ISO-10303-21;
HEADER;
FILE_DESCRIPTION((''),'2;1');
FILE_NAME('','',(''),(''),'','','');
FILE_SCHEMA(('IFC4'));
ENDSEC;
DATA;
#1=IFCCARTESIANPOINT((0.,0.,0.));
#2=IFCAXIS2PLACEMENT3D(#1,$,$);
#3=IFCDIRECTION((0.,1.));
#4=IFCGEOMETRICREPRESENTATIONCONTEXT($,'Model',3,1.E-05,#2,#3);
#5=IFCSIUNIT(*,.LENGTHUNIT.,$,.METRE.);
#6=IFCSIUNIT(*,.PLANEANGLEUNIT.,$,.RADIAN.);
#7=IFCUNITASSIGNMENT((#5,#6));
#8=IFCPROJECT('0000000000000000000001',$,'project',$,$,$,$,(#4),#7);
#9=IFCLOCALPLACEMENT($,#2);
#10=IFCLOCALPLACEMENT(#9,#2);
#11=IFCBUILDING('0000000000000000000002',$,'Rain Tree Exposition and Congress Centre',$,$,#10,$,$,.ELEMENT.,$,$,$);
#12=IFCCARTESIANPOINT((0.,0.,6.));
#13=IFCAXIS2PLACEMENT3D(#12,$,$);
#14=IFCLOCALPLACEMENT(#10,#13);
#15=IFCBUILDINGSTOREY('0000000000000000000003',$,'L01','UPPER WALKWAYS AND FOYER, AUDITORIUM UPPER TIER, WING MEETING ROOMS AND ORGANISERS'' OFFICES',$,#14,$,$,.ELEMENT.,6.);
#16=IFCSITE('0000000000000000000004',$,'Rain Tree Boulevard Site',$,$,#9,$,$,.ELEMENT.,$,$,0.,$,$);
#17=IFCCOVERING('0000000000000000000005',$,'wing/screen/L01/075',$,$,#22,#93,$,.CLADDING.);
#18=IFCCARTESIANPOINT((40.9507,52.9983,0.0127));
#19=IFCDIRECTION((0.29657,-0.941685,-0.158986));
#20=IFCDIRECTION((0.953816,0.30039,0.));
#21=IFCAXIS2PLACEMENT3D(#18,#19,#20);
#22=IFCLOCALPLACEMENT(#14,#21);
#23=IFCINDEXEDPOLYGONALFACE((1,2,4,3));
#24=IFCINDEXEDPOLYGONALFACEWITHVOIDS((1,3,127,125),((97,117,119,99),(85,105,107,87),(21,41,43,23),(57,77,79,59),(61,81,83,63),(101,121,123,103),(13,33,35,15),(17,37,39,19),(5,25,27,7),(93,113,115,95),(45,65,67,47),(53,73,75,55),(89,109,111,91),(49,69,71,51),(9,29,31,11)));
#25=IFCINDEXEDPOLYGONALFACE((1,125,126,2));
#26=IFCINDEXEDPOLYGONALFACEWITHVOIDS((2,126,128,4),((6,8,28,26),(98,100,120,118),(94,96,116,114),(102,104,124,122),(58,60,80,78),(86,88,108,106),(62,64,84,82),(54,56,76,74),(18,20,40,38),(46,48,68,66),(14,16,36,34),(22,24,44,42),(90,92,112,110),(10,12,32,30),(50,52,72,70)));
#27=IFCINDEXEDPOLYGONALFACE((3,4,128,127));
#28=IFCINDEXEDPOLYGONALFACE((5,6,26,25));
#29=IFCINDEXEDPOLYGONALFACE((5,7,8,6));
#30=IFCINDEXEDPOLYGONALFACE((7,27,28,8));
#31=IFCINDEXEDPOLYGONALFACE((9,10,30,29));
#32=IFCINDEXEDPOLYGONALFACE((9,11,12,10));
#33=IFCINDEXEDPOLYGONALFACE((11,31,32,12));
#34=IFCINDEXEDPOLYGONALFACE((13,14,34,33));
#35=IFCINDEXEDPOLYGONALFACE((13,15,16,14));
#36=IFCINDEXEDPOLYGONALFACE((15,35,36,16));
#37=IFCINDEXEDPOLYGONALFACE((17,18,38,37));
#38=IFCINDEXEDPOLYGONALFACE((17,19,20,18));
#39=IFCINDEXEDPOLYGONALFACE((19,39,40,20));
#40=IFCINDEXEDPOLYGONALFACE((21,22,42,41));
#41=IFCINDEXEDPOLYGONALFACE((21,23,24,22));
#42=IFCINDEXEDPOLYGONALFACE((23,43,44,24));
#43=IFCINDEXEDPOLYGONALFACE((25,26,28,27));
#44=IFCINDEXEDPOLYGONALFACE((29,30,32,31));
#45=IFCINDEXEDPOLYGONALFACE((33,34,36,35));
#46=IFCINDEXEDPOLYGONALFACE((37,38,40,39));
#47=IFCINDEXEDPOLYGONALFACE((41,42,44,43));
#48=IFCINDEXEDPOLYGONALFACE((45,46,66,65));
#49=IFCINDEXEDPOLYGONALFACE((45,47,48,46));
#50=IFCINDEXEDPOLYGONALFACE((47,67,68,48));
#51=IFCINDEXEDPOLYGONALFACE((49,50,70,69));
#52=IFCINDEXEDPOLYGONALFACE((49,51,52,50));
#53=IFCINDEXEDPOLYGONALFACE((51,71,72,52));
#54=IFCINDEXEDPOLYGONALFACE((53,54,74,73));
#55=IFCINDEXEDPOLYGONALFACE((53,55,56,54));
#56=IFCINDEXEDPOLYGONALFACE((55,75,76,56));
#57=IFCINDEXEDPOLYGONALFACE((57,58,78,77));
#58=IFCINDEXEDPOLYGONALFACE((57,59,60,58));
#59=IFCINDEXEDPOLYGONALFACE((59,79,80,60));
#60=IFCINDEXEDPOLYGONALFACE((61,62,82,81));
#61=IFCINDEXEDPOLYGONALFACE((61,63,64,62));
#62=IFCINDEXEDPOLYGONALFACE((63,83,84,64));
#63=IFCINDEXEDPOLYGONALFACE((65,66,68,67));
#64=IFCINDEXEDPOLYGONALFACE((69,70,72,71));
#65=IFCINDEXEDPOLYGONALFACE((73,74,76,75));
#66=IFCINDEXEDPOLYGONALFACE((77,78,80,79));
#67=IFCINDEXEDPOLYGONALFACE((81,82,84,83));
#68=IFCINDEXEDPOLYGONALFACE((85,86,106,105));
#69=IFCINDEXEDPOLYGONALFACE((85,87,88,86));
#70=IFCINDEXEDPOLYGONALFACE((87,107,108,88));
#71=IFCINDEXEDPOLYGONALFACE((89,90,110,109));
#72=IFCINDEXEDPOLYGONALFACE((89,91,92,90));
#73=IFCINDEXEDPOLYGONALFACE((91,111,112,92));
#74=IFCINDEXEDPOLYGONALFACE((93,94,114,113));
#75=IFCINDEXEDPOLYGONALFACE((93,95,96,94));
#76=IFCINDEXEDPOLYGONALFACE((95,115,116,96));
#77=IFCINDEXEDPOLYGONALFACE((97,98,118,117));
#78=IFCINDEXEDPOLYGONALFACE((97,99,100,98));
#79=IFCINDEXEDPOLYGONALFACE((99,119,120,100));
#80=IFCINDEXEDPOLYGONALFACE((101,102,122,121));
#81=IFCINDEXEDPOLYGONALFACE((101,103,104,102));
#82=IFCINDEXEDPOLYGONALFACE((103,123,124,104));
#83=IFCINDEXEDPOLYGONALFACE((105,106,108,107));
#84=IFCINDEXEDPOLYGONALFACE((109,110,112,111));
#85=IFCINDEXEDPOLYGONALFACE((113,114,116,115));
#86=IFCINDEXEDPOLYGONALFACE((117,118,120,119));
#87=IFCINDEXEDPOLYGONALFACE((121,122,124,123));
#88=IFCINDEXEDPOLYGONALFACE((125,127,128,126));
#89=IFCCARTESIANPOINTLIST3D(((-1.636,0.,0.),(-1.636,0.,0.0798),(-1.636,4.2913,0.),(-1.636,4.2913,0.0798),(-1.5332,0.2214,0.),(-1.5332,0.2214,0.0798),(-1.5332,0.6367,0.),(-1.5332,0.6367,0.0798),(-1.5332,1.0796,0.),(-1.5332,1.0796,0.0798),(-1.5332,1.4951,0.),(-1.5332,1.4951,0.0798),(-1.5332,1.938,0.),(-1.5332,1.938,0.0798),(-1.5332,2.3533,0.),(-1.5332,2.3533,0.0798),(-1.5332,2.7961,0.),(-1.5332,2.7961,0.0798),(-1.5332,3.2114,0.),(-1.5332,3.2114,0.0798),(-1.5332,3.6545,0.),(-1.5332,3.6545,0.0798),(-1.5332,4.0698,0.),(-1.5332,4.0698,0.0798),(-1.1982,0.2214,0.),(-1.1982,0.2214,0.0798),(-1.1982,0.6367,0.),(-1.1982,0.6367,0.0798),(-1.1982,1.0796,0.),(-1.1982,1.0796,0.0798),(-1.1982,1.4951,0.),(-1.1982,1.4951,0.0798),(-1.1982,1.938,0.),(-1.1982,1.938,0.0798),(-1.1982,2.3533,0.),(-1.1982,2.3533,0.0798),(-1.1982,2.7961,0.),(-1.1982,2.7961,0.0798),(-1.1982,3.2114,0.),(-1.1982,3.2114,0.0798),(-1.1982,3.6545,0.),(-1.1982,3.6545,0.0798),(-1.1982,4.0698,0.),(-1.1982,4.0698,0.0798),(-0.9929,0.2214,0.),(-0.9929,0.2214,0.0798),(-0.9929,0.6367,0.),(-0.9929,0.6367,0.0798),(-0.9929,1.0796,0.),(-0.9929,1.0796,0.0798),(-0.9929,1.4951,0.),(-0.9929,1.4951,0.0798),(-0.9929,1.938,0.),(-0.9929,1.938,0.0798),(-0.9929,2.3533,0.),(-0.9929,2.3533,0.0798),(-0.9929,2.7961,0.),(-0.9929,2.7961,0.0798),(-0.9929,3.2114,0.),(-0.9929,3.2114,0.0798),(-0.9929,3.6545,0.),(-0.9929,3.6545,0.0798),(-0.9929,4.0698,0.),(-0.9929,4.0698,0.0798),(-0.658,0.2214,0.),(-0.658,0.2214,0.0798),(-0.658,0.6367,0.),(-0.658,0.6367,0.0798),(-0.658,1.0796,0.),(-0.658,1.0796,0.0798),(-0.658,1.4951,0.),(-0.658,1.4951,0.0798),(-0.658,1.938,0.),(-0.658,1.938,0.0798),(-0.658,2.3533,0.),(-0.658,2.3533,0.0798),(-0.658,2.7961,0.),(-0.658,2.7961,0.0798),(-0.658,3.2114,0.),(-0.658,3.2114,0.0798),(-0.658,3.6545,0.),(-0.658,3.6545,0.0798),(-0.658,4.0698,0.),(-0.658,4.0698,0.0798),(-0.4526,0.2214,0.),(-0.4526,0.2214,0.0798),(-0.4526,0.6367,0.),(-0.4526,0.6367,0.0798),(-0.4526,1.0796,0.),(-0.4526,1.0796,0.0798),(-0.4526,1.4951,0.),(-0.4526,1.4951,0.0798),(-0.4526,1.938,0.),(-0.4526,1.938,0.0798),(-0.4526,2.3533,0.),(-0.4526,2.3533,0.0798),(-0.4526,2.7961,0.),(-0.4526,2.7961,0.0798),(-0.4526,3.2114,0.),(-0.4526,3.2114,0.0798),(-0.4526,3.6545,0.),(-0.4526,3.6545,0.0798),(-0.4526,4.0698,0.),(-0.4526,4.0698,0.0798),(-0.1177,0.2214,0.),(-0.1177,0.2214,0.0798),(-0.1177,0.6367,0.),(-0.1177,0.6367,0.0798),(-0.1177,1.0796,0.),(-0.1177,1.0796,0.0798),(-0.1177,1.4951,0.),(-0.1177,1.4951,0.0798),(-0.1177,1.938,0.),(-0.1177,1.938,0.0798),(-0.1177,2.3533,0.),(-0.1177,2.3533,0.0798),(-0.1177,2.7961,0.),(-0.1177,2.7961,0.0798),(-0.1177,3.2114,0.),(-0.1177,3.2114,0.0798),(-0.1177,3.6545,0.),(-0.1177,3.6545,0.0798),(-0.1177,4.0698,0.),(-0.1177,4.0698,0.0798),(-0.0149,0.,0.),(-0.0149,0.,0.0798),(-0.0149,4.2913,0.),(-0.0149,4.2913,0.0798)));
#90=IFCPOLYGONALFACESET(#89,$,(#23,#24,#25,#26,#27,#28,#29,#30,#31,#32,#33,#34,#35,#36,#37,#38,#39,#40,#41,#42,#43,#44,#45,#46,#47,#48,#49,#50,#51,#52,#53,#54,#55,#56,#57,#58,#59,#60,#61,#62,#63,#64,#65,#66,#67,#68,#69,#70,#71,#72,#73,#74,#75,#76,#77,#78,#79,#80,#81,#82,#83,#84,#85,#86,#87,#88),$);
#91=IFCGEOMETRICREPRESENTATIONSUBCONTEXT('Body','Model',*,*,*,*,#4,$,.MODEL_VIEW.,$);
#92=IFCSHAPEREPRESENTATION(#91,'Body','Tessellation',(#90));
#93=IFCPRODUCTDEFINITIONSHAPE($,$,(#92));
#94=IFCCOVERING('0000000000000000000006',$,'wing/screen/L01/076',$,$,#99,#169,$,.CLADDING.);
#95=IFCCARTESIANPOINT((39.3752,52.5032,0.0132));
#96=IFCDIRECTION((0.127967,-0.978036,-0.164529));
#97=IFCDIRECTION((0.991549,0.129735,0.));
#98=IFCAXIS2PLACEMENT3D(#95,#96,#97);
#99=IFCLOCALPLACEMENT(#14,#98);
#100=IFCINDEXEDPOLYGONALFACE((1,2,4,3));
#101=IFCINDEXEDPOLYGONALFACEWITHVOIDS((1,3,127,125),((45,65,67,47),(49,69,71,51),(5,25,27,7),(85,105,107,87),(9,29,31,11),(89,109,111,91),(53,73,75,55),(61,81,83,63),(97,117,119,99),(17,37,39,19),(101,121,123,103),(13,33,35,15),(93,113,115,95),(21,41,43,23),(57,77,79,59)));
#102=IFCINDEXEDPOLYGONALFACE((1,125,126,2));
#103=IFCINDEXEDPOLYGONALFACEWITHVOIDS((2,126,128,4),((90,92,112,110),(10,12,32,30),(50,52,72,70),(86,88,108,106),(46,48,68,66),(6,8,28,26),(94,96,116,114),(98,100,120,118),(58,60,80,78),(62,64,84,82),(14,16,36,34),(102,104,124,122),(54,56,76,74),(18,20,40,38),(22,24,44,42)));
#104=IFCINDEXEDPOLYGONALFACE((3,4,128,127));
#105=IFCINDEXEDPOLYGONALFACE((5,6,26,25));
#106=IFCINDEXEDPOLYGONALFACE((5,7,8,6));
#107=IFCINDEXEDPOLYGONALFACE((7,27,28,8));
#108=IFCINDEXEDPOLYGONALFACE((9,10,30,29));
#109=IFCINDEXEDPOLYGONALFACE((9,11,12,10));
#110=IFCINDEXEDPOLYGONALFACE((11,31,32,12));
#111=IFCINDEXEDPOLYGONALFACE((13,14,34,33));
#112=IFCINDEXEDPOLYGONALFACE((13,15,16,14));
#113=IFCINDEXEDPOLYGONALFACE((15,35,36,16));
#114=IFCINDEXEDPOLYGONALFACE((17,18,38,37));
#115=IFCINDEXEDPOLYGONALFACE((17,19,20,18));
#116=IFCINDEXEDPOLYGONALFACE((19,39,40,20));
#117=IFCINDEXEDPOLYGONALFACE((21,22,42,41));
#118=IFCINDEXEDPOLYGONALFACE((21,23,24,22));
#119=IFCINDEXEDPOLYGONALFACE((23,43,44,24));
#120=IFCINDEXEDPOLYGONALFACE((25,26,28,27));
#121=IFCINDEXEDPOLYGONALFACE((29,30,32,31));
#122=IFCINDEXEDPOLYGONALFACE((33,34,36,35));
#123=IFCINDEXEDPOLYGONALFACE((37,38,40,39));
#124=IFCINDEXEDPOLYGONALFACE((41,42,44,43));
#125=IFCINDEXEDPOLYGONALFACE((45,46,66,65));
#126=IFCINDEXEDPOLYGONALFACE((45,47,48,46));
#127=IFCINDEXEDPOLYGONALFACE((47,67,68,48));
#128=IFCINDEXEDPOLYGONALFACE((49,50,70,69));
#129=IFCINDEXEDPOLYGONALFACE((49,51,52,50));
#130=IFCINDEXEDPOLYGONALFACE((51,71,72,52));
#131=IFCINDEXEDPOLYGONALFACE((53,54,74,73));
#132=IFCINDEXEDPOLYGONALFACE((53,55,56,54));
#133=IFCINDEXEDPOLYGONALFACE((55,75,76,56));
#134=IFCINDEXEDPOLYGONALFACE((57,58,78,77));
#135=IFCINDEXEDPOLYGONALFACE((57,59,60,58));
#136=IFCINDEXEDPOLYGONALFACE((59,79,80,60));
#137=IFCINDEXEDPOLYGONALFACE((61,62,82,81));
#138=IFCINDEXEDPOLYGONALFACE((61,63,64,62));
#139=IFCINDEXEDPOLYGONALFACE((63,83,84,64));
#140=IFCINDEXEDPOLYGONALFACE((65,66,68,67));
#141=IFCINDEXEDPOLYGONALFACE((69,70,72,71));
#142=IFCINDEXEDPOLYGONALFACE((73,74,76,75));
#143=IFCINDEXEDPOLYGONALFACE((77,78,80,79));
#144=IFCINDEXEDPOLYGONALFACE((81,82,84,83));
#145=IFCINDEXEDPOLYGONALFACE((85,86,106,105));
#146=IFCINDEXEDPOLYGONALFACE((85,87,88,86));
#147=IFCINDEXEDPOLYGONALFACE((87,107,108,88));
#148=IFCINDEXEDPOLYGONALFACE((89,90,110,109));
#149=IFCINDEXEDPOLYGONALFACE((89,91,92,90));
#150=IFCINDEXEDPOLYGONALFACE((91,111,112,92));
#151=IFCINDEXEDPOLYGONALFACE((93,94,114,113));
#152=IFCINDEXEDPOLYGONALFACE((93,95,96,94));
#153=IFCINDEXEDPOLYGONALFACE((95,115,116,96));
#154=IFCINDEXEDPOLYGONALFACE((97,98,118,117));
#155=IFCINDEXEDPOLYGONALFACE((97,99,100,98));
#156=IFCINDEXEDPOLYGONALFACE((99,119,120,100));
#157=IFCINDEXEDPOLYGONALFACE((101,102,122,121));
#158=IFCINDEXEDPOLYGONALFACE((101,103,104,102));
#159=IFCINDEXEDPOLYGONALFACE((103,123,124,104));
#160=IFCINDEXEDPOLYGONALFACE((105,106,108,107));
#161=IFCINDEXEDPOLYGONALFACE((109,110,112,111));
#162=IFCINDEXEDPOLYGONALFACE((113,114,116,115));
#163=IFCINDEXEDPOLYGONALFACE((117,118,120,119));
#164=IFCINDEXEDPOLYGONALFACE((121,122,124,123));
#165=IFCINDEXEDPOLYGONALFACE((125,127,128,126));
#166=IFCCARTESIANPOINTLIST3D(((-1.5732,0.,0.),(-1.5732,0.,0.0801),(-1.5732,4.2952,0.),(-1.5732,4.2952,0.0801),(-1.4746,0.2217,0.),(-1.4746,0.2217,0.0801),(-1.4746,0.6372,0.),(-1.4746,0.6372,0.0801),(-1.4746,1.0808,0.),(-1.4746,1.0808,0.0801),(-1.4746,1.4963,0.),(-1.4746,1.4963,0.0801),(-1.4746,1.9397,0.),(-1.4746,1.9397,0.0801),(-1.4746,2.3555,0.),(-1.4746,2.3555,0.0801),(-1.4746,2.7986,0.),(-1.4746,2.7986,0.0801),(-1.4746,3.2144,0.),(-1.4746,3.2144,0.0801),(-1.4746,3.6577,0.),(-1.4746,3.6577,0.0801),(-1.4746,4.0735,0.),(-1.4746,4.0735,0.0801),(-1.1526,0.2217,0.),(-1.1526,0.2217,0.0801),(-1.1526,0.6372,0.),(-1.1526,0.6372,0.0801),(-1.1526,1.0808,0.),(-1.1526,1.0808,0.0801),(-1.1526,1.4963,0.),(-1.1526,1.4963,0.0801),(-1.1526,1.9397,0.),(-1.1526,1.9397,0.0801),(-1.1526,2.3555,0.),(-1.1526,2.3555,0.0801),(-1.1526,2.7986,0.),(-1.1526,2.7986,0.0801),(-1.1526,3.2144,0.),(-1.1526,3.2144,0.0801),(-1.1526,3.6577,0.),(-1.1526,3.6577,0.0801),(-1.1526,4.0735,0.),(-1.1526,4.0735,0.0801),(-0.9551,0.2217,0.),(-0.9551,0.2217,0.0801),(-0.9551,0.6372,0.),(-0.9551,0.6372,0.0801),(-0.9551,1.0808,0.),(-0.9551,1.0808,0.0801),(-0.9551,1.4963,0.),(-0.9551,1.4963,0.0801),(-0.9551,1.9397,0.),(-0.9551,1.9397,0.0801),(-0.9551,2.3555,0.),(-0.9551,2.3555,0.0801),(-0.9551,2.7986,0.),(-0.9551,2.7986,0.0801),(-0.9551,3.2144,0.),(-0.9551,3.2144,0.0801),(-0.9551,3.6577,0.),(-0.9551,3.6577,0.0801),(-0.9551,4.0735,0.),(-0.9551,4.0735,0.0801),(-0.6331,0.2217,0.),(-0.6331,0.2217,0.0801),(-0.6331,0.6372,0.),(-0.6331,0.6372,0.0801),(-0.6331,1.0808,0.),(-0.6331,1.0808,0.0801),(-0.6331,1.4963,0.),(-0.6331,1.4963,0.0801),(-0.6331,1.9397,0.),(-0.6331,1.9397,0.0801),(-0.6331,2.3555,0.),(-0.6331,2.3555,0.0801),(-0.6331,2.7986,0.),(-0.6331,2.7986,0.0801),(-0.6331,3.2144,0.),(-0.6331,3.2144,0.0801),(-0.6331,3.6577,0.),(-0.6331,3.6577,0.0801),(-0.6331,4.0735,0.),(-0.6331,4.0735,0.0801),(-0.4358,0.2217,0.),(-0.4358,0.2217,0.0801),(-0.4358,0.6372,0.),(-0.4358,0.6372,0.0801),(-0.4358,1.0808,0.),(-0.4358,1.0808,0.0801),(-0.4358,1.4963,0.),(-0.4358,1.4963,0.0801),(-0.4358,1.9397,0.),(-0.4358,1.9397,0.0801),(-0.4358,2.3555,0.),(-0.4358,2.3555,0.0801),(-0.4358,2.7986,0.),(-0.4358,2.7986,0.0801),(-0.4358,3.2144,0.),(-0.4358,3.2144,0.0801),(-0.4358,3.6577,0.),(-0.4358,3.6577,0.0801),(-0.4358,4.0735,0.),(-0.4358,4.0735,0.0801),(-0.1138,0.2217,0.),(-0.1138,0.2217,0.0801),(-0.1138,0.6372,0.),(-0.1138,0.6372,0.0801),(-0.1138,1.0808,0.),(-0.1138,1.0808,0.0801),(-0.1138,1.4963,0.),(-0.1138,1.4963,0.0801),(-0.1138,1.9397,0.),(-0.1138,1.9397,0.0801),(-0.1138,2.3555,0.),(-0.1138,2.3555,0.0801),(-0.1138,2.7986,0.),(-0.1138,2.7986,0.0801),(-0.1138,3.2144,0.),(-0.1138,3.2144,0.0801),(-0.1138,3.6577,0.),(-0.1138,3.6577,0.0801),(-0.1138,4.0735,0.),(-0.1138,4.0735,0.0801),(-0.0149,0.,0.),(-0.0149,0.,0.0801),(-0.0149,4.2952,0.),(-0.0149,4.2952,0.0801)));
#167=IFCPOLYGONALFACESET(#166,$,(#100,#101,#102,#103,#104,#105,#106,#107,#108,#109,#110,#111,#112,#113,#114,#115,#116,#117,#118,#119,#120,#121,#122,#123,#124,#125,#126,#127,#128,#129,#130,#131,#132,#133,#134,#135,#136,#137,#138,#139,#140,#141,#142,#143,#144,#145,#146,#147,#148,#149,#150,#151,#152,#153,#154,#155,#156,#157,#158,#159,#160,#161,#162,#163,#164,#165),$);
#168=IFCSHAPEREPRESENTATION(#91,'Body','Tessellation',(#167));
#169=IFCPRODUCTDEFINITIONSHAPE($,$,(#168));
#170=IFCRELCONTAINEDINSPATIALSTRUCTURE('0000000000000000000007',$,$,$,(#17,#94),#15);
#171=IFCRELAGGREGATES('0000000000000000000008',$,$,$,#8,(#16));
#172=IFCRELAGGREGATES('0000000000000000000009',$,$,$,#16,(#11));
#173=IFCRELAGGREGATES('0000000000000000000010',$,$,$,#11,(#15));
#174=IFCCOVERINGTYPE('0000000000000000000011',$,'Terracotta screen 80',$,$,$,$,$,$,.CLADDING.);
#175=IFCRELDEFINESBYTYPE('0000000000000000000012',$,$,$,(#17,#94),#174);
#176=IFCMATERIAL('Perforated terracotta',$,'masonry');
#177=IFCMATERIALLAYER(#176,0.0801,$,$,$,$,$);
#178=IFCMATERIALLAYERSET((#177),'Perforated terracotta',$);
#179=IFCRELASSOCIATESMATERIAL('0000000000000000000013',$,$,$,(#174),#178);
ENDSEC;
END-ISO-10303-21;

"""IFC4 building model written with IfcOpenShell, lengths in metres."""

from ifc_helpers import new_model, si_unit, direction, frame, origin, place, context, subcontext, project, spatial, polyline, outline, extrude, material, layer, layer_set, type_object, element, save


model = new_model("IFC4")

# Units and contexts
model_context = context("Model", 3, precision=1e-05, world=origin(), true_north=direction((0.0, 1.0)))
body_context = subcontext(model_context, "Body", "Model", "MODEL_VIEW")
ifc_project = project(units=[si_unit("LENGTHUNIT", "METRE"), si_unit("PLANEANGLEUNIT", "RADIAN")], contexts=[model_context])

# Site, building, storey
site_placement = place(None, origin())
site = spatial("IfcSite", under=ifc_project, at=site_placement, Name="Rain Tree Boulevard Site", CompositionType="ELEMENT", RefElevation=0.0)
building_placement = place(site_placement, origin())
building = spatial("IfcBuilding", under=site, at=building_placement, Name="Rain Tree Exposition and Congress Centre", CompositionType="ELEMENT")
storey_placement = place(building_placement, frame((0.0, 0.0, 6.0)))
storey = spatial("IfcBuildingStorey", under=building, at=storey_placement, Name="L01", Description="UPPER WALKWAYS AND FOYER, AUDITORIUM UPPER TIER, WING MEETING ROOMS AND ORGANISERS' OFFICES", CompositionType="ELEMENT", Elevation=6.0)

# Coverings
ifc_material_1 = material(Name="Perforated terracotta", Category="masonry")
ifc_layer_1 = layer(ifc_material_1, 0.0801)
ifc_layer_set_1 = layer_set([ifc_layer_1], Name="Perforated terracotta")
covering_type = type_object("IfcCoveringType", Name="Terracotta screen 80", PredefinedType="CLADDING", material=ifc_layer_set_1)
covering_1_placement = place(storey_placement, frame((40.9507, 52.9983, 0.0127), z_axis=(0.29657, -0.941685, -0.158986), x_axis=(0.953816, 0.30039, 0.0)))
element("IfcCovering", 1, at=covering_1_placement, inside=storey, type_object=covering_type, Name="wing/screen/L01/075", PredefinedType="CLADDING", context=body_context, shape_type="SweptSolid", body=[
    extrude(outline(polyline([(-1.636, 0.0), (-1.636, 4.2913), (-0.0149, 4.2913), (-0.0149, 0.0), (-1.636, 0.0)]), holes=[polyline([(-0.1177, 0.2214), (-0.1177, 0.6367), (-0.4526, 0.6367), (-0.4526, 0.2214), (-0.1177, 0.2214)]), polyline([(-0.1177, 1.0796), (-0.1177, 1.4951), (-0.4526, 1.4951), (-0.4526, 1.0796), (-0.1177, 1.0796)]), polyline([(-0.1177, 1.938), (-0.1177, 2.3533), (-0.4526, 2.3533), (-0.4526, 1.938), (-0.1177, 1.938)]), polyline([(-0.1177, 2.7961), (-0.1177, 3.2114), (-0.4526, 3.2114), (-0.4526, 2.7961), (-0.1177, 2.7961)]), polyline([(-0.1177, 3.6545), (-0.1177, 4.0698), (-0.4526, 4.0698), (-0.4526, 3.6545), (-0.1177, 3.6545)]), polyline([(-0.658, 0.2214), (-0.658, 0.6367), (-0.9929, 0.6367), (-0.9929, 0.2214), (-0.658, 0.2214)]), polyline([(-0.658, 1.0796), (-0.658, 1.4951), (-0.9929, 1.4951), (-0.9929, 1.0796), (-0.658, 1.0796)]), polyline([(-0.658, 1.938), (-0.658, 2.3533), (-0.9929, 2.3533), (-0.9929, 1.938), (-0.658, 1.938)]), polyline([(-0.658, 2.7961), (-0.658, 3.2114), (-0.9929, 3.2114), (-0.9929, 2.7961), (-0.658, 2.7961)]), polyline([(-0.658, 3.6545), (-0.658, 4.0698), (-0.9929, 4.0698), (-0.9929, 3.6545), (-0.658, 3.6545)]), polyline([(-1.1982, 0.2214), (-1.1982, 0.6367), (-1.5332, 0.6367), (-1.5332, 0.2214), (-1.1982, 0.2214)]), polyline([(-1.1982, 1.0796), (-1.1982, 1.4951), (-1.5332, 1.4951), (-1.5332, 1.0796), (-1.1982, 1.0796)]), polyline([(-1.1982, 1.938), (-1.1982, 2.3533), (-1.5332, 2.3533), (-1.5332, 1.938), (-1.1982, 1.938)]), polyline([(-1.1982, 2.7961), (-1.1982, 3.2114), (-1.5332, 3.2114), (-1.5332, 2.7961), (-1.1982, 2.7961)]), polyline([(-1.1982, 3.6545), (-1.1982, 4.0698), (-1.5332, 4.0698), (-1.5332, 3.6545), (-1.1982, 3.6545)])]), origin(), (0.0, 0.0, 1.0), 0.0798),
])
covering_2_placement = place(storey_placement, frame((39.3752, 52.5032, 0.0132), z_axis=(0.127967, -0.978036, -0.164529), x_axis=(0.991549, 0.129735, 0.0)))
element("IfcCovering", 2, at=covering_2_placement, inside=storey, type_object=covering_type, Name="wing/screen/L01/076", PredefinedType="CLADDING", context=body_context, shape_type="SweptSolid", body=[
    extrude(outline(polyline([(-1.5732, 0.0), (-1.5732, 4.2952), (-0.0149, 4.2952), (-0.0149, 0.0), (-1.5732, 0.0)]), holes=[polyline([(-0.1138, 0.2217), (-0.1138, 0.6372), (-0.4358, 0.6372), (-0.4358, 0.2217), (-0.1138, 0.2217)]), polyline([(-0.1138, 1.0808), (-0.1138, 1.4963), (-0.4358, 1.4963), (-0.4358, 1.0808), (-0.1138, 1.0808)]), polyline([(-0.1138, 1.9397), (-0.1138, 2.3555), (-0.4358, 2.3555), (-0.4358, 1.9397), (-0.1138, 1.9397)]), polyline([(-0.1138, 2.7986), (-0.1138, 3.2144), (-0.4358, 3.2144), (-0.4358, 2.7986), (-0.1138, 2.7986)]), polyline([(-0.1138, 3.6577), (-0.1138, 4.0735), (-0.4358, 4.0735), (-0.4358, 3.6577), (-0.1138, 3.6577)]), polyline([(-0.6331, 0.2217), (-0.6331, 0.6372), (-0.9551, 0.6372), (-0.9551, 0.2217), (-0.6331, 0.2217)]), polyline([(-0.6331, 1.0808), (-0.6331, 1.4963), (-0.9551, 1.4963), (-0.9551, 1.0808), (-0.6331, 1.0808)]), polyline([(-0.6331, 1.9397), (-0.6331, 2.3555), (-0.9551, 2.3555), (-0.9551, 1.9397), (-0.6331, 1.9397)]), polyline([(-0.6331, 2.7986), (-0.6331, 3.2144), (-0.9551, 3.2144), (-0.9551, 2.7986), (-0.6331, 2.7986)]), polyline([(-0.6331, 3.6577), (-0.6331, 4.0735), (-0.9551, 4.0735), (-0.9551, 3.6577), (-0.6331, 3.6577)]), polyline([(-1.1526, 0.2217), (-1.1526, 0.6372), (-1.4746, 0.6372), (-1.4746, 0.2217), (-1.1526, 0.2217)]), polyline([(-1.1526, 1.0808), (-1.1526, 1.4963), (-1.4746, 1.4963), (-1.4746, 1.0808), (-1.1526, 1.0808)]), polyline([(-1.1526, 1.9397), (-1.1526, 2.3555), (-1.4746, 2.3555), (-1.4746, 1.9397), (-1.1526, 1.9397)]), polyline([(-1.1526, 2.7986), (-1.1526, 3.2144), (-1.4746, 3.2144), (-1.4746, 2.7986), (-1.1526, 2.7986)]), polyline([(-1.1526, 3.6577), (-1.1526, 4.0735), (-1.4746, 4.0735), (-1.4746, 3.6577), (-1.1526, 3.6577)])]), origin(), (0.0, 0.0, 1.0), 0.0801),
])

save(model, "model.ifc")
